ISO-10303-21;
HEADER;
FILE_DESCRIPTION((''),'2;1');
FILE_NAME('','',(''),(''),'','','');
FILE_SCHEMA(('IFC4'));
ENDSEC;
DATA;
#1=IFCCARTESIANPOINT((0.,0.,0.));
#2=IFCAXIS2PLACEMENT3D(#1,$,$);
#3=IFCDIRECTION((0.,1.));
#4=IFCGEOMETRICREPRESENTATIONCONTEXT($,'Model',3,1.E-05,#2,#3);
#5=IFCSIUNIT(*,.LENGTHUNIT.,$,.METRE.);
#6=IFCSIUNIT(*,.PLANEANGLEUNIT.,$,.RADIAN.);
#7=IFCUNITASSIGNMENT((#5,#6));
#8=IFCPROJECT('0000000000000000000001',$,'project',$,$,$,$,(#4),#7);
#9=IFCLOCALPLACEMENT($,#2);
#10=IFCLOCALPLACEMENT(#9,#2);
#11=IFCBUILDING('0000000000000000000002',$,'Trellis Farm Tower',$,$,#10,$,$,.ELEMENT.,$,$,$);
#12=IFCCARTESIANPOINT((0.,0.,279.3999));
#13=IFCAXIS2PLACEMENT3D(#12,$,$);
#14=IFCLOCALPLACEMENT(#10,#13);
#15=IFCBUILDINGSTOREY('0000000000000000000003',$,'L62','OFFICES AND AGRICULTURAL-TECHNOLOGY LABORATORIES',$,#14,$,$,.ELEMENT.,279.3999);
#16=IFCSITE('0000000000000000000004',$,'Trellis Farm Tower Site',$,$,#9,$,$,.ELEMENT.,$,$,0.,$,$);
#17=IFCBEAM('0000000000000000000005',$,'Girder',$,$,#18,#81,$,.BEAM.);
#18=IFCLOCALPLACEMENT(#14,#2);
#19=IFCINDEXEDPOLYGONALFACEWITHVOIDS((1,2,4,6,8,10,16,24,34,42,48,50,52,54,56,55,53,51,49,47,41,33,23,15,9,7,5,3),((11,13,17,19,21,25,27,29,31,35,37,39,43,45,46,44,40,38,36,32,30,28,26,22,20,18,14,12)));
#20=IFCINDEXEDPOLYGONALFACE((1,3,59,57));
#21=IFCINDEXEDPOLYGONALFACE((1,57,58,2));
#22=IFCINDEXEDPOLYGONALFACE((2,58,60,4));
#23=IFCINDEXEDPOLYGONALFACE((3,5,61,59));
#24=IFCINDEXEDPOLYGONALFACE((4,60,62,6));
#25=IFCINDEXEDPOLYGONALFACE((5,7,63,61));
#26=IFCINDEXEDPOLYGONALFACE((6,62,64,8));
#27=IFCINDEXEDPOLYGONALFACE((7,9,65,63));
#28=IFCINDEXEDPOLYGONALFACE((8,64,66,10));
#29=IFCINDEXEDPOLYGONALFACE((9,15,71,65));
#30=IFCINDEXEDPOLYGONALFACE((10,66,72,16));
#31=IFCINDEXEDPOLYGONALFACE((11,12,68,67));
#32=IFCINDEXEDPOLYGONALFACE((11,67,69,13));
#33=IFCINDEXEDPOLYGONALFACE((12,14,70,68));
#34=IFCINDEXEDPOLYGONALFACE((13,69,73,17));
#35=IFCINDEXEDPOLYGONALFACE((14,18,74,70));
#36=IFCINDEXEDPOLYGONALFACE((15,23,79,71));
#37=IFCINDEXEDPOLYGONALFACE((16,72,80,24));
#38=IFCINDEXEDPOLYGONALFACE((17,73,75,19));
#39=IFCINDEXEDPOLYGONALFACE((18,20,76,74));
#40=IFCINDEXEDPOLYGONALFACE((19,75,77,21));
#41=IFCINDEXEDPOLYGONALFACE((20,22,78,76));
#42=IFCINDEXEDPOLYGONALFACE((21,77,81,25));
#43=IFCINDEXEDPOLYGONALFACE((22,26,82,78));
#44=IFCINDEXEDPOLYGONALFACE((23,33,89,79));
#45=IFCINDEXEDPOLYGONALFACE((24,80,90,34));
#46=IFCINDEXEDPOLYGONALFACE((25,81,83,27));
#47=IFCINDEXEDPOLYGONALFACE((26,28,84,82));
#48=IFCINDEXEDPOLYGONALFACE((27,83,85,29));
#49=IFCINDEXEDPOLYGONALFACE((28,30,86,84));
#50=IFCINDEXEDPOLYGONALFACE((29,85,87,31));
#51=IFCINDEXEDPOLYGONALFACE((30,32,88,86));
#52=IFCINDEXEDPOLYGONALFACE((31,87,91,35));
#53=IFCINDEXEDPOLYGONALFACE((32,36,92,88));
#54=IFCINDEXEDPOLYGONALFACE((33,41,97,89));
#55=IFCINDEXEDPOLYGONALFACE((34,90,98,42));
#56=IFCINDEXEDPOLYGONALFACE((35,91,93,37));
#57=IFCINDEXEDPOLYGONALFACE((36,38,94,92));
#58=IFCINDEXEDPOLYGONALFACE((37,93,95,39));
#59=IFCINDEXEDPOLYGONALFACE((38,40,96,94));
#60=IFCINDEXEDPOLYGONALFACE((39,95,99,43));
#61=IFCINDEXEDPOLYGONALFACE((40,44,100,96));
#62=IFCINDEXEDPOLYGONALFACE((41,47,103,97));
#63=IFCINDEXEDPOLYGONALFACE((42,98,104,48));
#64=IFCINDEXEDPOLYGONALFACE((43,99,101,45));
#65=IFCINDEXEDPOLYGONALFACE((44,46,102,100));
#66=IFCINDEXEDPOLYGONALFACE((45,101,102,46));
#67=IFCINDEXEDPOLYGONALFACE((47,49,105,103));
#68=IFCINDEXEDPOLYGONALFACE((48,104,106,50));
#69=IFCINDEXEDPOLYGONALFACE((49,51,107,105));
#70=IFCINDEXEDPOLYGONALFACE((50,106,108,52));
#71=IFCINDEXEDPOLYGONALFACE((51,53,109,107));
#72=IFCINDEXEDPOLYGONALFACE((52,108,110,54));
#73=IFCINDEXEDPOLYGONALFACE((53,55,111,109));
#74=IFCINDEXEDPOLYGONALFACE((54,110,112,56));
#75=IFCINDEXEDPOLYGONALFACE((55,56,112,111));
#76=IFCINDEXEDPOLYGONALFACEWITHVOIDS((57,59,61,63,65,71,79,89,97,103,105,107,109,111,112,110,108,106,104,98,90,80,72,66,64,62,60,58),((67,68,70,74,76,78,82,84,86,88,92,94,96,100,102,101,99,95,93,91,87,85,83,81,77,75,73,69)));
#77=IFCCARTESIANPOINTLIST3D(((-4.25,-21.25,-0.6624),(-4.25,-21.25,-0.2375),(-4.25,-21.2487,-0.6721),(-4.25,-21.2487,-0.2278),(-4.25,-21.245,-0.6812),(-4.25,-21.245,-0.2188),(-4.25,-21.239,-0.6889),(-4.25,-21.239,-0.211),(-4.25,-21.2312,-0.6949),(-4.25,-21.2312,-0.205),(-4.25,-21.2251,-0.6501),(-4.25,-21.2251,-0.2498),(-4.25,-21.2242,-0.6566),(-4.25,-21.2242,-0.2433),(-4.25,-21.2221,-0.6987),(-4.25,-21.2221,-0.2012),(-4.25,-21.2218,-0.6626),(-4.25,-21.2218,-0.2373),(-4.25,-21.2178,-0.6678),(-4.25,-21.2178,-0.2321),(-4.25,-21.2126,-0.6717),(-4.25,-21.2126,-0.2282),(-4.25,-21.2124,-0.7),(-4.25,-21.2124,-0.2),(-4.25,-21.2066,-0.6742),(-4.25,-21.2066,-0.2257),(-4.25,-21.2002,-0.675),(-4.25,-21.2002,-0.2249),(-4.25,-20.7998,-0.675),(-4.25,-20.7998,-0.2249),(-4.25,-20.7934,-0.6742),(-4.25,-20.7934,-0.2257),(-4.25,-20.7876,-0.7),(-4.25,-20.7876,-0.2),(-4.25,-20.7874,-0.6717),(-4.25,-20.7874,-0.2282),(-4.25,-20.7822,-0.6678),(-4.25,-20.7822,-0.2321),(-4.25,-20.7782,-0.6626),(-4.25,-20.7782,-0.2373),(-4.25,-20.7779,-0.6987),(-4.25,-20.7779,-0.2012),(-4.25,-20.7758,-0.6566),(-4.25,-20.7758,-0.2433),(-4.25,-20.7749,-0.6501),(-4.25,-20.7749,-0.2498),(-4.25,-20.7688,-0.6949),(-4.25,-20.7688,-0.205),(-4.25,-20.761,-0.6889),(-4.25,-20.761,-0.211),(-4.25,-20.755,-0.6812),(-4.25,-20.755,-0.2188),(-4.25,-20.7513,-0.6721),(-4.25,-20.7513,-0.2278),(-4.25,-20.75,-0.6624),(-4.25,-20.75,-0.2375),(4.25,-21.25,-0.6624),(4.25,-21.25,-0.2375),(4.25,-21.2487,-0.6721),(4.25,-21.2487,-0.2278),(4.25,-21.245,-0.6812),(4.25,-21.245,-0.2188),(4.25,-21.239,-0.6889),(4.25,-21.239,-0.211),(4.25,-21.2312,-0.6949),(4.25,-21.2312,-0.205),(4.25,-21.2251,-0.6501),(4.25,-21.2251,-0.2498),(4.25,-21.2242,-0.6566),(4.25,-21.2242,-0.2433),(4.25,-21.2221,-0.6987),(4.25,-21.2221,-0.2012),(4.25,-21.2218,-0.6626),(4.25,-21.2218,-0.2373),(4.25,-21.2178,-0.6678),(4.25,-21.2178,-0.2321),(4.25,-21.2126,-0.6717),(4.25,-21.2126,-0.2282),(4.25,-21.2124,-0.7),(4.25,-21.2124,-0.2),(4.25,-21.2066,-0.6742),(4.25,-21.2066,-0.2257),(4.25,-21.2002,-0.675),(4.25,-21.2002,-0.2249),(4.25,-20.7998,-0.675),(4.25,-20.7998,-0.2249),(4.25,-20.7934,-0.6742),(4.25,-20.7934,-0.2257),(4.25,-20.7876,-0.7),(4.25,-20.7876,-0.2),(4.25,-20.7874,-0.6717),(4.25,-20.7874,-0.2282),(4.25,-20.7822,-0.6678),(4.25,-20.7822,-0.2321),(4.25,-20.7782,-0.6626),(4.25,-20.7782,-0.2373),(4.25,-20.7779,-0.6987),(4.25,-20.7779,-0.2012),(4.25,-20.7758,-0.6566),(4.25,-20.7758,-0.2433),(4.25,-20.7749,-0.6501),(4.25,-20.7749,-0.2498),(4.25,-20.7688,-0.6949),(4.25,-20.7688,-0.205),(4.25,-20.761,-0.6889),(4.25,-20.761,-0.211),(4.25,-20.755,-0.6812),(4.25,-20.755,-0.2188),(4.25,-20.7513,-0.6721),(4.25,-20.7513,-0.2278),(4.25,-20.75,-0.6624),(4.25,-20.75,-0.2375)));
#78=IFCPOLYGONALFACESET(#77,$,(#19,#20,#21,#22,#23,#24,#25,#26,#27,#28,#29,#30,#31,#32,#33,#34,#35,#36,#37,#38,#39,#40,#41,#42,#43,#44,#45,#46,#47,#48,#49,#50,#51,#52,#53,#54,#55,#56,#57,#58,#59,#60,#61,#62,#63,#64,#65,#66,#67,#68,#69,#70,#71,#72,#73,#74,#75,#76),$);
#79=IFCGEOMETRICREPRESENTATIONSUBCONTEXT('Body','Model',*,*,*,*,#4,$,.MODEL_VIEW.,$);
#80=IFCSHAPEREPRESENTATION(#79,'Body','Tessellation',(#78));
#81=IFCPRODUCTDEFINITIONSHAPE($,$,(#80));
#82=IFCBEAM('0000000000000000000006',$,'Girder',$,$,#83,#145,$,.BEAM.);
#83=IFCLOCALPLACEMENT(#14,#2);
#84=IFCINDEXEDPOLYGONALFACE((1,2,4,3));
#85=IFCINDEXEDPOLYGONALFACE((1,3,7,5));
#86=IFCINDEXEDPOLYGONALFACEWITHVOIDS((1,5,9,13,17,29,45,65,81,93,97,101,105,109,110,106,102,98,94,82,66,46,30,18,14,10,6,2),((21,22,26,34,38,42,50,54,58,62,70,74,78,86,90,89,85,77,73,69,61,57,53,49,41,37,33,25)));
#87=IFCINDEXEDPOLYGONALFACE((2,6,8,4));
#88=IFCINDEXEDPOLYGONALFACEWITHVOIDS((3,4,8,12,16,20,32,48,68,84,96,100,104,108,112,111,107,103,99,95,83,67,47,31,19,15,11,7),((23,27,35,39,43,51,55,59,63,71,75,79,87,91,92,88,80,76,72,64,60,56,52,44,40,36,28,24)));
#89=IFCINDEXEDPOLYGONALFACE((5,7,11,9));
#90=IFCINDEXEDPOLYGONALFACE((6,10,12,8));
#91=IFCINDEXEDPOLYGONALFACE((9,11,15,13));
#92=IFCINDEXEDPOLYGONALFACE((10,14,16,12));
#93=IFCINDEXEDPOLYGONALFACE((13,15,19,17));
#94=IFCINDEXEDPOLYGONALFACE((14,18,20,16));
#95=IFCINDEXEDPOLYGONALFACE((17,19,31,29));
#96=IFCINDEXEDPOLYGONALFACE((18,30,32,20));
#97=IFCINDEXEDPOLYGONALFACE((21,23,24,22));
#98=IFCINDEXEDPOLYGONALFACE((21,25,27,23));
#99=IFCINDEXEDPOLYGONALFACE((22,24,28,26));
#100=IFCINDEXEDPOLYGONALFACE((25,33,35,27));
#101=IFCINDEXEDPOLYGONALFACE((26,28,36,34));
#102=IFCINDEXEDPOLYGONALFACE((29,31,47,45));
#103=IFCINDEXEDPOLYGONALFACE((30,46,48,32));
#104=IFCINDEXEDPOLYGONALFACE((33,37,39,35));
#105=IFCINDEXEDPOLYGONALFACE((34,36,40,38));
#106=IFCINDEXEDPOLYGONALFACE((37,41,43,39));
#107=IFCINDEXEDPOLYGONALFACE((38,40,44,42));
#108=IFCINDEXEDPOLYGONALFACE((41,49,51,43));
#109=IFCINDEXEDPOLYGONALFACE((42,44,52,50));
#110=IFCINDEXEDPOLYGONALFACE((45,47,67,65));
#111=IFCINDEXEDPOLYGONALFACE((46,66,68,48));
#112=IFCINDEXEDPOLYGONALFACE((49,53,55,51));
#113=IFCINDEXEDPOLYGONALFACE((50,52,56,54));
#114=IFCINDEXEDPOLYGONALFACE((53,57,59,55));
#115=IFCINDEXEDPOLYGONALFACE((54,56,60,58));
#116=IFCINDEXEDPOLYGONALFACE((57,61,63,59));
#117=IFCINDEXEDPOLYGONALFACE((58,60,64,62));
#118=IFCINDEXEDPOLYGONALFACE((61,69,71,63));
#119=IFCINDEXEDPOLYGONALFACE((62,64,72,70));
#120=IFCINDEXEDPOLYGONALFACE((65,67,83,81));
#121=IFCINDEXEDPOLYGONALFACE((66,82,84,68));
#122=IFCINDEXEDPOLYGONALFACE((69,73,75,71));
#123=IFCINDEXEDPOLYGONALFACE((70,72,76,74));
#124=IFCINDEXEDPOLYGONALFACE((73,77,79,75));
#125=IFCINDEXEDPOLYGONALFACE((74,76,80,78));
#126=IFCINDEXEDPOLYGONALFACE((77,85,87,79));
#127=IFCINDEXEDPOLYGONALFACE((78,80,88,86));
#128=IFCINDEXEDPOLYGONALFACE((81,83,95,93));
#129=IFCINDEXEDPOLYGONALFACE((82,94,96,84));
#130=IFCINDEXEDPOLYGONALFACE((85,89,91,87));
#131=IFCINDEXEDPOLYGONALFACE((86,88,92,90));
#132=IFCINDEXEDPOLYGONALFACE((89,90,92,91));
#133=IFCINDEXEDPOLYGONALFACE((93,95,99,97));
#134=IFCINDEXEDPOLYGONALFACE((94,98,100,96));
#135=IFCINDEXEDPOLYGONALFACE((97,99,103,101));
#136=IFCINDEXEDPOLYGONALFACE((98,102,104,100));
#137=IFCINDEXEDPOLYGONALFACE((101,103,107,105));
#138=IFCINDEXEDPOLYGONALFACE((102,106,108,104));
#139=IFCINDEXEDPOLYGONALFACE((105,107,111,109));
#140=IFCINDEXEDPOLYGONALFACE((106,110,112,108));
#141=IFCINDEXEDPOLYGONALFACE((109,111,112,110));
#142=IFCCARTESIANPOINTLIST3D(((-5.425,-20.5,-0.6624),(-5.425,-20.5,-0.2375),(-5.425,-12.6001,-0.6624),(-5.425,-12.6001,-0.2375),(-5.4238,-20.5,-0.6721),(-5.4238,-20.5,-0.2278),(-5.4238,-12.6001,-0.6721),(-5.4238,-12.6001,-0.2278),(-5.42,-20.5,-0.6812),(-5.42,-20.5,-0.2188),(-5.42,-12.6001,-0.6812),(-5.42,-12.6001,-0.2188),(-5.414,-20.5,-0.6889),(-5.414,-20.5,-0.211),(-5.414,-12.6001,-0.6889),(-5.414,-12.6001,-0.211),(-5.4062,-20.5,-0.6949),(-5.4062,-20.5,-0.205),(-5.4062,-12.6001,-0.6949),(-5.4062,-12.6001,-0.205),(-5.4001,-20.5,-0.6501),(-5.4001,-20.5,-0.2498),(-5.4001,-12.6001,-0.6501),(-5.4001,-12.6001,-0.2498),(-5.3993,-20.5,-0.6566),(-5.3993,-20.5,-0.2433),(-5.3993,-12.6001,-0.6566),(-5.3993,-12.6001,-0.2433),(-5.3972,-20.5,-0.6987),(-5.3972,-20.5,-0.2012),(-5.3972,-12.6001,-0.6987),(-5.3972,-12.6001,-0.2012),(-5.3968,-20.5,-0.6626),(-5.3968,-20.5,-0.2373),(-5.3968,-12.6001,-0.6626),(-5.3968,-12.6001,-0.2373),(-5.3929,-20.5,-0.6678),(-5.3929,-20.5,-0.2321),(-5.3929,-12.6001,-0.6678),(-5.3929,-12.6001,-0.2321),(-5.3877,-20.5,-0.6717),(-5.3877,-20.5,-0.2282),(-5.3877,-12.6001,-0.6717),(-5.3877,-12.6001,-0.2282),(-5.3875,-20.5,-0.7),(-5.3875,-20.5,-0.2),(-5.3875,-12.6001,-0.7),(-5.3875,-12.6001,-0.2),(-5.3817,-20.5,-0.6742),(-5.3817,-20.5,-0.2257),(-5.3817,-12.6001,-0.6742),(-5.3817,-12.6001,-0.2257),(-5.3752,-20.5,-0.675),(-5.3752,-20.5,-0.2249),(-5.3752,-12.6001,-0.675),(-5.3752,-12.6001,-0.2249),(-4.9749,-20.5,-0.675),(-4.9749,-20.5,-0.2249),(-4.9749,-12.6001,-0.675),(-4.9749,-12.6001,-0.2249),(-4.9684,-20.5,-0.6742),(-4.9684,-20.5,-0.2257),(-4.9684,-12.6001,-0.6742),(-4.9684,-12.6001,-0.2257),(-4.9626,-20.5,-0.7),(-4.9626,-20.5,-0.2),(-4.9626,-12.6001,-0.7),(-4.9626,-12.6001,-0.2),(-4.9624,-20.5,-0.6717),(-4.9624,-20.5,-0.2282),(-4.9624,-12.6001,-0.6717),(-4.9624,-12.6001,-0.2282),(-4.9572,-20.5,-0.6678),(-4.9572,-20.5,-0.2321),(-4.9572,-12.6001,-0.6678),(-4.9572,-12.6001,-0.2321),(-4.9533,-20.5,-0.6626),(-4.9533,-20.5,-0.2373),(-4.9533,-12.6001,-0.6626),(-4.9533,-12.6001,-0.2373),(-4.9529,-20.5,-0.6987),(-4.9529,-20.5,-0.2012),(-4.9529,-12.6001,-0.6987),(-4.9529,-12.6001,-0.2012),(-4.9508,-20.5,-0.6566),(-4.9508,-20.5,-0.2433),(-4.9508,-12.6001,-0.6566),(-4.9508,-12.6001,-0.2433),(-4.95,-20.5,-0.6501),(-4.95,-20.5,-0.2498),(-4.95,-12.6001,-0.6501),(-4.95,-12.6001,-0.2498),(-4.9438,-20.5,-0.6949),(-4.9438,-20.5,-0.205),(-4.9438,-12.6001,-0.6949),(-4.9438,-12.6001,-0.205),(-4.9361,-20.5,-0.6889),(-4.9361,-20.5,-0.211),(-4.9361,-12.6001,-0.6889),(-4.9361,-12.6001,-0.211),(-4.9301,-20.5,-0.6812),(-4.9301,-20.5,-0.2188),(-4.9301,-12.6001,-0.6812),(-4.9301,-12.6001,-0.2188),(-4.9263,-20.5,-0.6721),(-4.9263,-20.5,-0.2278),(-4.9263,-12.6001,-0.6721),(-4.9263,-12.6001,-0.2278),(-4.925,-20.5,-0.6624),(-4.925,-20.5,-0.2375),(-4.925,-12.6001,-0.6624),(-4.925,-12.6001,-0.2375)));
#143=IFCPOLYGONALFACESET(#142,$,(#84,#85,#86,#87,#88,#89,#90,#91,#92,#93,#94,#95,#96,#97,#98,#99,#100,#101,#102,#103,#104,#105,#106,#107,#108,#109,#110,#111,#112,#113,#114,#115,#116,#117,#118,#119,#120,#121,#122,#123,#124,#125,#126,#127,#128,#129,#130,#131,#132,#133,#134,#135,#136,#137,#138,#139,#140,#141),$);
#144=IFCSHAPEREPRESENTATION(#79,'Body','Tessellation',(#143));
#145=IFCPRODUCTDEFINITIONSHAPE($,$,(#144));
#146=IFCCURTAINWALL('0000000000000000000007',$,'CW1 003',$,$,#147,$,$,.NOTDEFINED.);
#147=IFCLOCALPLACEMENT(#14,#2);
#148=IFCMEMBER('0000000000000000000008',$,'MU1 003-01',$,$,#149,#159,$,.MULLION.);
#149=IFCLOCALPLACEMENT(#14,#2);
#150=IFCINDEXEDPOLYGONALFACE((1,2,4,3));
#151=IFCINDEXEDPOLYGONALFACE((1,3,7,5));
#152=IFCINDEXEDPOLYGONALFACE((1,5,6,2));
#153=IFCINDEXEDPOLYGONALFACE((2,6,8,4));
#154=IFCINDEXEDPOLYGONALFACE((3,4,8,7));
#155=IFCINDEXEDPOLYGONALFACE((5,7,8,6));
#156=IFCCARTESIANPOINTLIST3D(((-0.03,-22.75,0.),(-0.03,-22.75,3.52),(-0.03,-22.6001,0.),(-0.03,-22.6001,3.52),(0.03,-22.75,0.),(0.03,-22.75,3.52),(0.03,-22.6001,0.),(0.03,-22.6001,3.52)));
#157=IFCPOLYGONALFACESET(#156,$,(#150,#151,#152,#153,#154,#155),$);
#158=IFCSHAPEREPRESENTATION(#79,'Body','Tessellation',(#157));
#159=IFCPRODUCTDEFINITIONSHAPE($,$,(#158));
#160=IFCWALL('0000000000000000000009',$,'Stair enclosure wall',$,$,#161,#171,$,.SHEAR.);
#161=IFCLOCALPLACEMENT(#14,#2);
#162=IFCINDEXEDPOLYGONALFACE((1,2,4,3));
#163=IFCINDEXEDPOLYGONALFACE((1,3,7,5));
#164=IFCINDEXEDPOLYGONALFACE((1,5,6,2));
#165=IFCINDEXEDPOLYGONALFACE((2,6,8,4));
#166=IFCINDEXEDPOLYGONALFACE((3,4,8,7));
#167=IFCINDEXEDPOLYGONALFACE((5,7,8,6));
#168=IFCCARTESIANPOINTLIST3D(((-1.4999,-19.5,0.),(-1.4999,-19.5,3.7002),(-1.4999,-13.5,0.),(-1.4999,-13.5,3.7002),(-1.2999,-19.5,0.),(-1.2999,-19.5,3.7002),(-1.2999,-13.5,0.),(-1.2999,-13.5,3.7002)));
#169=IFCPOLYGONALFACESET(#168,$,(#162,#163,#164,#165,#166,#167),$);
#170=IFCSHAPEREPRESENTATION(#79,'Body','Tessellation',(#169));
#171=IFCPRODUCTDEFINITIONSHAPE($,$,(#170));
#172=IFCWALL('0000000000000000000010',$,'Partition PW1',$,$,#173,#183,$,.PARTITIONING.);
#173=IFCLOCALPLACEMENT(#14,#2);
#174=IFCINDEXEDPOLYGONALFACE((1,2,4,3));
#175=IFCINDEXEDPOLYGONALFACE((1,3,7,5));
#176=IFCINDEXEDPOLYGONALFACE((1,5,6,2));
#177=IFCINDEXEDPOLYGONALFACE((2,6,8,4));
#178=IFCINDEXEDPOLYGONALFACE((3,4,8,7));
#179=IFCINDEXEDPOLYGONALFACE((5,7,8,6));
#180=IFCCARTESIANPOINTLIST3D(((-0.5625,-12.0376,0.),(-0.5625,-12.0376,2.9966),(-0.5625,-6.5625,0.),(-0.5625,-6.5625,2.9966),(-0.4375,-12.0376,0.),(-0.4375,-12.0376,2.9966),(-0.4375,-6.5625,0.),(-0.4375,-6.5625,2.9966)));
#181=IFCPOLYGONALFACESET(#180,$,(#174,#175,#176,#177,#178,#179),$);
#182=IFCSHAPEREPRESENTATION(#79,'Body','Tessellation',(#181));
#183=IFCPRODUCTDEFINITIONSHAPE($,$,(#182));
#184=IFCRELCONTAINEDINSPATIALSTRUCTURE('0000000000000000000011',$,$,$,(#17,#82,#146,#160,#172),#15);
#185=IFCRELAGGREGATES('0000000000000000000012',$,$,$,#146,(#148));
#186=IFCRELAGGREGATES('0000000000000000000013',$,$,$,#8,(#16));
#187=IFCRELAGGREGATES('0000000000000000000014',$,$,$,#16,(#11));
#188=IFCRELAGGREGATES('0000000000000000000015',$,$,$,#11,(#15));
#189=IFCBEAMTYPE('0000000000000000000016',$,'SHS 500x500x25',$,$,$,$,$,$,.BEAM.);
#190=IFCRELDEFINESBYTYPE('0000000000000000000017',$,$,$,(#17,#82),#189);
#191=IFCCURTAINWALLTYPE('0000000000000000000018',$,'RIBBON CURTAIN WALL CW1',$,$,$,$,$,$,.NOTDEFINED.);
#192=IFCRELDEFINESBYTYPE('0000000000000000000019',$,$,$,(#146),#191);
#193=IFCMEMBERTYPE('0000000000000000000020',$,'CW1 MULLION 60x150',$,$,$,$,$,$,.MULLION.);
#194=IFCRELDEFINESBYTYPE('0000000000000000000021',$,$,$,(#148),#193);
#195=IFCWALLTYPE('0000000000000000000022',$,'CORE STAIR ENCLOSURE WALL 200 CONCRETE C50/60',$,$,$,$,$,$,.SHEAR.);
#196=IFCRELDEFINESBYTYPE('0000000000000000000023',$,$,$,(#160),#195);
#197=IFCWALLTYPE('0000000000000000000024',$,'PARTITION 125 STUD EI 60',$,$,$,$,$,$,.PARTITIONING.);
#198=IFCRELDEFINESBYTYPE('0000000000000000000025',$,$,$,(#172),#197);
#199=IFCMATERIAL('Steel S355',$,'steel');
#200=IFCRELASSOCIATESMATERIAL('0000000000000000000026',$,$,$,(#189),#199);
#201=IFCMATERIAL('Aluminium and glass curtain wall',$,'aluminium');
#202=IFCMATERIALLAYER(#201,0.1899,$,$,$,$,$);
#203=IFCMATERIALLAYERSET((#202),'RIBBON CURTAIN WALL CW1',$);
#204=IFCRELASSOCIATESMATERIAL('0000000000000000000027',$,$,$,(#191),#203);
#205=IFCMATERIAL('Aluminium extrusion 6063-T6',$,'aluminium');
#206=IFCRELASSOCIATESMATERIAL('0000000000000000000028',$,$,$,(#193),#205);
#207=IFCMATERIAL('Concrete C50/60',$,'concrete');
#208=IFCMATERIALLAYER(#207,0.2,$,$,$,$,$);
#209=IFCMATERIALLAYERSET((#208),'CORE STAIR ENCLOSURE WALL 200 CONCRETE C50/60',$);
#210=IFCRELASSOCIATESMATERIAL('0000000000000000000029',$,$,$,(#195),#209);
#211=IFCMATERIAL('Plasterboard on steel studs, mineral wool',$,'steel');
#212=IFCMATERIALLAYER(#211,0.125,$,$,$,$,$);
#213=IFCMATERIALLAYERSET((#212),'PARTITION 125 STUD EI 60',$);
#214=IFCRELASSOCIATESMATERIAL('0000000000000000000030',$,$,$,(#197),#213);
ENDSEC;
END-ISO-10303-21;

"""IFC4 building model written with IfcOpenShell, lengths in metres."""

from ifc_helpers import new_model, si_unit, direction, frame, frame_2d, origin, origin_2d, place, context, subcontext, project, spatial, rectangle, hollow_rectangle, extrude, source, transform, mapped, material, layer, layer_set, material_profile, profile_set, type_object, element, aggregate, save


model = new_model("IFC4")

# Units and contexts
model_context = context("Model", 3, precision=1e-05, world=origin(), true_north=direction((0.0, 1.0)))
body_context = subcontext(model_context, "Body", "Model", "MODEL_VIEW")
ifc_project = project(units=[si_unit("LENGTHUNIT", "METRE"), si_unit("PLANEANGLEUNIT", "RADIAN")], contexts=[model_context])

# Site, building, storey
site_placement = place(None, origin())
site = spatial("IfcSite", under=ifc_project, at=site_placement, Name="Trellis Farm Tower Site", CompositionType="ELEMENT", RefElevation=0.0)
building_placement = place(site_placement, origin())
building = spatial("IfcBuilding", under=site, at=building_placement, Name="Trellis Farm Tower", CompositionType="ELEMENT")
storey_placement = place(building_placement, frame((0.0, 0.0, 279.3999)))
storey = spatial("IfcBuildingStorey", under=building, at=storey_placement, Name="L62", Description="OFFICES AND AGRICULTURAL-TECHNOLOGY LABORATORIES", CompositionType="ELEMENT", Elevation=279.3999)

# Beams
ifc_material_1 = material(Name="Steel S355", Category="steel")
ifc_material_profile_1 = material_profile(ifc_material_1, hollow_rectangle(XDim=0.5, YDim=0.5, WallThickness=0.0249, InnerFilletRadius=0.0249, OuterFilletRadius=0.0376, at=origin_2d()), Name="SHS 500x500x25")
ifc_profile_set_1 = profile_set([ifc_material_profile_1], Name="Steel S355")
beam_type_1 = type_object("IfcBeamType", Name="SHS 500x500x25", PredefinedType="BEAM", material=ifc_profile_set_1)
shared_shape_1 = source(origin(), body_context, "Body", "SweptSolid", [
    extrude(hollow_rectangle(XDim=0.5, YDim=0.5, WallThickness=0.0249, InnerFilletRadius=0.0249, OuterFilletRadius=0.0376, at=origin_2d()), origin(), (0.0, 0.0, 1.0), 8.5),
])
beam_1_placement = place(storey_placement, frame((-4.25, -21.0, -0.45), z_axis=(1.0, 0.0, 0.0), x_axis=(0.0, 1.0, 0.0)))
element("IfcBeam", 1, at=beam_1_placement, inside=storey, type_object=beam_type_1, Name="Girder", PredefinedType="BEAM", context=body_context, shape_type="MappedRepresentation", body=[
    mapped(shared_shape_1, transform((0.0, 0.0, 0.0))),
])
shared_shape_2 = source(origin(), body_context, "Body", "SweptSolid", [
    extrude(hollow_rectangle(XDim=0.5, YDim=0.5, WallThickness=0.0249, InnerFilletRadius=0.0249, OuterFilletRadius=0.0376, at=origin_2d()), origin(), (0.0, 0.0, 1.0), 7.8999),
])
beam_2_placement = place(storey_placement, frame((-5.175, -20.5, -0.45), z_axis=(0.0, 1.0, 0.0), x_axis=(-1.0, 0.0, 0.0)))
element("IfcBeam", 2, at=beam_2_placement, inside=storey, type_object=beam_type_1, Name="Girder", PredefinedType="BEAM", context=body_context, shape_type="MappedRepresentation", body=[
    mapped(shared_shape_2, transform((0.0, 0.0, 0.0))),
])

# Curtain wall, member
ifc_material_2 = material(Name="Aluminium and glass curtain wall", Category="aluminium")
ifc_layer_1 = layer(ifc_material_2, 0.1899)
ifc_layer_set_1 = layer_set([ifc_layer_1], Name="RIBBON CURTAIN WALL CW1")
curtain_wall_type = type_object("IfcCurtainWallType", Name="RIBBON CURTAIN WALL CW1", PredefinedType="NOTDEFINED", material=ifc_layer_set_1)
placement = place(storey_placement, origin())
curtain_wall = element("IfcCurtainWall", 3, at=placement, inside=storey, type_object=curtain_wall_type, Name="CW1 003", PredefinedType="NOTDEFINED")
ifc_material_3 = material(Name="Aluminium extrusion 6063-T6", Category="aluminium")
ifc_material_profile_2 = material_profile(ifc_material_3, rectangle(XDim=0.0601, YDim=0.1499, at=origin_2d()), Name="MULLION 60x150")
ifc_profile_set_2 = profile_set([ifc_material_profile_2], Name="Aluminium extrusion 6063-T6")
member_type = type_object("IfcMemberType", Name="CW1 MULLION 60x150", PredefinedType="MULLION", material=ifc_profile_set_2)
shared_shape_3 = source(origin(), body_context, "Body", "SweptSolid", [
    extrude(rectangle(XDim=0.0601, YDim=0.1499, at=origin_2d()), origin(), (0.0, 0.0, 1.0), 3.52),
])
member_placement = place(storey_placement, frame((0.0, -22.675, 0.0), z_axis=(0.0, 0.0, 1.0), x_axis=(1.0, 0.0, 0.0)))
member = element("IfcMember", 4, at=member_placement, type_object=member_type, Name="MU1 003-01", PredefinedType="MULLION", context=body_context, shape_type="MappedRepresentation", body=[
    mapped(shared_shape_3, transform((0.0, 0.0, 0.0))),
])
aggregate(curtain_wall, [member])

# Walls
ifc_material_4 = material(Name="Concrete C50/60", Category="concrete")
ifc_layer_2 = layer(ifc_material_4, 0.2)
ifc_layer_set_2 = layer_set([ifc_layer_2], Name="CORE STAIR ENCLOSURE WALL 200 CONCRETE C50/60")
wall_type_1 = type_object("IfcWallType", Name="CORE STAIR ENCLOSURE WALL 200 CONCRETE C50/60", PredefinedType="SHEAR", material=ifc_layer_set_2)
shared_shape_4 = source(origin(), body_context, "Body", "SweptSolid", [
    extrude(rectangle(XDim=6.0, YDim=0.2, at=frame_2d((3.0, 0.0))), origin(), (0.0, 0.0, 1.0), 3.7002),
])
wall_1_placement = place(storey_placement, frame((-1.3999, -13.5, 0.0), z_axis=(0.0, 0.0, 1.0), x_axis=(0.0, -1.0, 0.0)))
element("IfcWall", 5, at=wall_1_placement, inside=storey, type_object=wall_type_1, Name="Stair enclosure wall", PredefinedType="SHEAR", context=body_context, shape_type="MappedRepresentation", body=[
    mapped(shared_shape_4, transform((0.0, 0.0, 0.0))),
])
ifc_material_5 = material(Name="Plasterboard on steel studs, mineral wool", Category="steel")
ifc_layer_3 = layer(ifc_material_5, 0.125)
ifc_layer_set_3 = layer_set([ifc_layer_3], Name="PARTITION 125 STUD EI 60")
wall_type_2 = type_object("IfcWallType", Name="PARTITION 125 STUD EI 60", PredefinedType="PARTITIONING", material=ifc_layer_set_3)
shared_shape_5 = source(origin(), body_context, "Body", "SweptSolid", [
    extrude(rectangle(XDim=5.4751, YDim=0.125, at=frame_2d((2.7375, 0.0))), origin(), (0.0, 0.0, 1.0), 2.9966),
])
wall_2_placement = place(storey_placement, frame((-0.5, -6.5625, 0.0), z_axis=(0.0, 0.0, 1.0), x_axis=(0.0, -1.0, 0.0)))
element("IfcWall", 6, at=wall_2_placement, inside=storey, type_object=wall_type_2, Name="Partition PW1", PredefinedType="PARTITIONING", context=body_context, shape_type="MappedRepresentation", body=[
    mapped(shared_shape_5, transform((0.0, 0.0, 0.0))),
])

save(model, "model.ifc")
